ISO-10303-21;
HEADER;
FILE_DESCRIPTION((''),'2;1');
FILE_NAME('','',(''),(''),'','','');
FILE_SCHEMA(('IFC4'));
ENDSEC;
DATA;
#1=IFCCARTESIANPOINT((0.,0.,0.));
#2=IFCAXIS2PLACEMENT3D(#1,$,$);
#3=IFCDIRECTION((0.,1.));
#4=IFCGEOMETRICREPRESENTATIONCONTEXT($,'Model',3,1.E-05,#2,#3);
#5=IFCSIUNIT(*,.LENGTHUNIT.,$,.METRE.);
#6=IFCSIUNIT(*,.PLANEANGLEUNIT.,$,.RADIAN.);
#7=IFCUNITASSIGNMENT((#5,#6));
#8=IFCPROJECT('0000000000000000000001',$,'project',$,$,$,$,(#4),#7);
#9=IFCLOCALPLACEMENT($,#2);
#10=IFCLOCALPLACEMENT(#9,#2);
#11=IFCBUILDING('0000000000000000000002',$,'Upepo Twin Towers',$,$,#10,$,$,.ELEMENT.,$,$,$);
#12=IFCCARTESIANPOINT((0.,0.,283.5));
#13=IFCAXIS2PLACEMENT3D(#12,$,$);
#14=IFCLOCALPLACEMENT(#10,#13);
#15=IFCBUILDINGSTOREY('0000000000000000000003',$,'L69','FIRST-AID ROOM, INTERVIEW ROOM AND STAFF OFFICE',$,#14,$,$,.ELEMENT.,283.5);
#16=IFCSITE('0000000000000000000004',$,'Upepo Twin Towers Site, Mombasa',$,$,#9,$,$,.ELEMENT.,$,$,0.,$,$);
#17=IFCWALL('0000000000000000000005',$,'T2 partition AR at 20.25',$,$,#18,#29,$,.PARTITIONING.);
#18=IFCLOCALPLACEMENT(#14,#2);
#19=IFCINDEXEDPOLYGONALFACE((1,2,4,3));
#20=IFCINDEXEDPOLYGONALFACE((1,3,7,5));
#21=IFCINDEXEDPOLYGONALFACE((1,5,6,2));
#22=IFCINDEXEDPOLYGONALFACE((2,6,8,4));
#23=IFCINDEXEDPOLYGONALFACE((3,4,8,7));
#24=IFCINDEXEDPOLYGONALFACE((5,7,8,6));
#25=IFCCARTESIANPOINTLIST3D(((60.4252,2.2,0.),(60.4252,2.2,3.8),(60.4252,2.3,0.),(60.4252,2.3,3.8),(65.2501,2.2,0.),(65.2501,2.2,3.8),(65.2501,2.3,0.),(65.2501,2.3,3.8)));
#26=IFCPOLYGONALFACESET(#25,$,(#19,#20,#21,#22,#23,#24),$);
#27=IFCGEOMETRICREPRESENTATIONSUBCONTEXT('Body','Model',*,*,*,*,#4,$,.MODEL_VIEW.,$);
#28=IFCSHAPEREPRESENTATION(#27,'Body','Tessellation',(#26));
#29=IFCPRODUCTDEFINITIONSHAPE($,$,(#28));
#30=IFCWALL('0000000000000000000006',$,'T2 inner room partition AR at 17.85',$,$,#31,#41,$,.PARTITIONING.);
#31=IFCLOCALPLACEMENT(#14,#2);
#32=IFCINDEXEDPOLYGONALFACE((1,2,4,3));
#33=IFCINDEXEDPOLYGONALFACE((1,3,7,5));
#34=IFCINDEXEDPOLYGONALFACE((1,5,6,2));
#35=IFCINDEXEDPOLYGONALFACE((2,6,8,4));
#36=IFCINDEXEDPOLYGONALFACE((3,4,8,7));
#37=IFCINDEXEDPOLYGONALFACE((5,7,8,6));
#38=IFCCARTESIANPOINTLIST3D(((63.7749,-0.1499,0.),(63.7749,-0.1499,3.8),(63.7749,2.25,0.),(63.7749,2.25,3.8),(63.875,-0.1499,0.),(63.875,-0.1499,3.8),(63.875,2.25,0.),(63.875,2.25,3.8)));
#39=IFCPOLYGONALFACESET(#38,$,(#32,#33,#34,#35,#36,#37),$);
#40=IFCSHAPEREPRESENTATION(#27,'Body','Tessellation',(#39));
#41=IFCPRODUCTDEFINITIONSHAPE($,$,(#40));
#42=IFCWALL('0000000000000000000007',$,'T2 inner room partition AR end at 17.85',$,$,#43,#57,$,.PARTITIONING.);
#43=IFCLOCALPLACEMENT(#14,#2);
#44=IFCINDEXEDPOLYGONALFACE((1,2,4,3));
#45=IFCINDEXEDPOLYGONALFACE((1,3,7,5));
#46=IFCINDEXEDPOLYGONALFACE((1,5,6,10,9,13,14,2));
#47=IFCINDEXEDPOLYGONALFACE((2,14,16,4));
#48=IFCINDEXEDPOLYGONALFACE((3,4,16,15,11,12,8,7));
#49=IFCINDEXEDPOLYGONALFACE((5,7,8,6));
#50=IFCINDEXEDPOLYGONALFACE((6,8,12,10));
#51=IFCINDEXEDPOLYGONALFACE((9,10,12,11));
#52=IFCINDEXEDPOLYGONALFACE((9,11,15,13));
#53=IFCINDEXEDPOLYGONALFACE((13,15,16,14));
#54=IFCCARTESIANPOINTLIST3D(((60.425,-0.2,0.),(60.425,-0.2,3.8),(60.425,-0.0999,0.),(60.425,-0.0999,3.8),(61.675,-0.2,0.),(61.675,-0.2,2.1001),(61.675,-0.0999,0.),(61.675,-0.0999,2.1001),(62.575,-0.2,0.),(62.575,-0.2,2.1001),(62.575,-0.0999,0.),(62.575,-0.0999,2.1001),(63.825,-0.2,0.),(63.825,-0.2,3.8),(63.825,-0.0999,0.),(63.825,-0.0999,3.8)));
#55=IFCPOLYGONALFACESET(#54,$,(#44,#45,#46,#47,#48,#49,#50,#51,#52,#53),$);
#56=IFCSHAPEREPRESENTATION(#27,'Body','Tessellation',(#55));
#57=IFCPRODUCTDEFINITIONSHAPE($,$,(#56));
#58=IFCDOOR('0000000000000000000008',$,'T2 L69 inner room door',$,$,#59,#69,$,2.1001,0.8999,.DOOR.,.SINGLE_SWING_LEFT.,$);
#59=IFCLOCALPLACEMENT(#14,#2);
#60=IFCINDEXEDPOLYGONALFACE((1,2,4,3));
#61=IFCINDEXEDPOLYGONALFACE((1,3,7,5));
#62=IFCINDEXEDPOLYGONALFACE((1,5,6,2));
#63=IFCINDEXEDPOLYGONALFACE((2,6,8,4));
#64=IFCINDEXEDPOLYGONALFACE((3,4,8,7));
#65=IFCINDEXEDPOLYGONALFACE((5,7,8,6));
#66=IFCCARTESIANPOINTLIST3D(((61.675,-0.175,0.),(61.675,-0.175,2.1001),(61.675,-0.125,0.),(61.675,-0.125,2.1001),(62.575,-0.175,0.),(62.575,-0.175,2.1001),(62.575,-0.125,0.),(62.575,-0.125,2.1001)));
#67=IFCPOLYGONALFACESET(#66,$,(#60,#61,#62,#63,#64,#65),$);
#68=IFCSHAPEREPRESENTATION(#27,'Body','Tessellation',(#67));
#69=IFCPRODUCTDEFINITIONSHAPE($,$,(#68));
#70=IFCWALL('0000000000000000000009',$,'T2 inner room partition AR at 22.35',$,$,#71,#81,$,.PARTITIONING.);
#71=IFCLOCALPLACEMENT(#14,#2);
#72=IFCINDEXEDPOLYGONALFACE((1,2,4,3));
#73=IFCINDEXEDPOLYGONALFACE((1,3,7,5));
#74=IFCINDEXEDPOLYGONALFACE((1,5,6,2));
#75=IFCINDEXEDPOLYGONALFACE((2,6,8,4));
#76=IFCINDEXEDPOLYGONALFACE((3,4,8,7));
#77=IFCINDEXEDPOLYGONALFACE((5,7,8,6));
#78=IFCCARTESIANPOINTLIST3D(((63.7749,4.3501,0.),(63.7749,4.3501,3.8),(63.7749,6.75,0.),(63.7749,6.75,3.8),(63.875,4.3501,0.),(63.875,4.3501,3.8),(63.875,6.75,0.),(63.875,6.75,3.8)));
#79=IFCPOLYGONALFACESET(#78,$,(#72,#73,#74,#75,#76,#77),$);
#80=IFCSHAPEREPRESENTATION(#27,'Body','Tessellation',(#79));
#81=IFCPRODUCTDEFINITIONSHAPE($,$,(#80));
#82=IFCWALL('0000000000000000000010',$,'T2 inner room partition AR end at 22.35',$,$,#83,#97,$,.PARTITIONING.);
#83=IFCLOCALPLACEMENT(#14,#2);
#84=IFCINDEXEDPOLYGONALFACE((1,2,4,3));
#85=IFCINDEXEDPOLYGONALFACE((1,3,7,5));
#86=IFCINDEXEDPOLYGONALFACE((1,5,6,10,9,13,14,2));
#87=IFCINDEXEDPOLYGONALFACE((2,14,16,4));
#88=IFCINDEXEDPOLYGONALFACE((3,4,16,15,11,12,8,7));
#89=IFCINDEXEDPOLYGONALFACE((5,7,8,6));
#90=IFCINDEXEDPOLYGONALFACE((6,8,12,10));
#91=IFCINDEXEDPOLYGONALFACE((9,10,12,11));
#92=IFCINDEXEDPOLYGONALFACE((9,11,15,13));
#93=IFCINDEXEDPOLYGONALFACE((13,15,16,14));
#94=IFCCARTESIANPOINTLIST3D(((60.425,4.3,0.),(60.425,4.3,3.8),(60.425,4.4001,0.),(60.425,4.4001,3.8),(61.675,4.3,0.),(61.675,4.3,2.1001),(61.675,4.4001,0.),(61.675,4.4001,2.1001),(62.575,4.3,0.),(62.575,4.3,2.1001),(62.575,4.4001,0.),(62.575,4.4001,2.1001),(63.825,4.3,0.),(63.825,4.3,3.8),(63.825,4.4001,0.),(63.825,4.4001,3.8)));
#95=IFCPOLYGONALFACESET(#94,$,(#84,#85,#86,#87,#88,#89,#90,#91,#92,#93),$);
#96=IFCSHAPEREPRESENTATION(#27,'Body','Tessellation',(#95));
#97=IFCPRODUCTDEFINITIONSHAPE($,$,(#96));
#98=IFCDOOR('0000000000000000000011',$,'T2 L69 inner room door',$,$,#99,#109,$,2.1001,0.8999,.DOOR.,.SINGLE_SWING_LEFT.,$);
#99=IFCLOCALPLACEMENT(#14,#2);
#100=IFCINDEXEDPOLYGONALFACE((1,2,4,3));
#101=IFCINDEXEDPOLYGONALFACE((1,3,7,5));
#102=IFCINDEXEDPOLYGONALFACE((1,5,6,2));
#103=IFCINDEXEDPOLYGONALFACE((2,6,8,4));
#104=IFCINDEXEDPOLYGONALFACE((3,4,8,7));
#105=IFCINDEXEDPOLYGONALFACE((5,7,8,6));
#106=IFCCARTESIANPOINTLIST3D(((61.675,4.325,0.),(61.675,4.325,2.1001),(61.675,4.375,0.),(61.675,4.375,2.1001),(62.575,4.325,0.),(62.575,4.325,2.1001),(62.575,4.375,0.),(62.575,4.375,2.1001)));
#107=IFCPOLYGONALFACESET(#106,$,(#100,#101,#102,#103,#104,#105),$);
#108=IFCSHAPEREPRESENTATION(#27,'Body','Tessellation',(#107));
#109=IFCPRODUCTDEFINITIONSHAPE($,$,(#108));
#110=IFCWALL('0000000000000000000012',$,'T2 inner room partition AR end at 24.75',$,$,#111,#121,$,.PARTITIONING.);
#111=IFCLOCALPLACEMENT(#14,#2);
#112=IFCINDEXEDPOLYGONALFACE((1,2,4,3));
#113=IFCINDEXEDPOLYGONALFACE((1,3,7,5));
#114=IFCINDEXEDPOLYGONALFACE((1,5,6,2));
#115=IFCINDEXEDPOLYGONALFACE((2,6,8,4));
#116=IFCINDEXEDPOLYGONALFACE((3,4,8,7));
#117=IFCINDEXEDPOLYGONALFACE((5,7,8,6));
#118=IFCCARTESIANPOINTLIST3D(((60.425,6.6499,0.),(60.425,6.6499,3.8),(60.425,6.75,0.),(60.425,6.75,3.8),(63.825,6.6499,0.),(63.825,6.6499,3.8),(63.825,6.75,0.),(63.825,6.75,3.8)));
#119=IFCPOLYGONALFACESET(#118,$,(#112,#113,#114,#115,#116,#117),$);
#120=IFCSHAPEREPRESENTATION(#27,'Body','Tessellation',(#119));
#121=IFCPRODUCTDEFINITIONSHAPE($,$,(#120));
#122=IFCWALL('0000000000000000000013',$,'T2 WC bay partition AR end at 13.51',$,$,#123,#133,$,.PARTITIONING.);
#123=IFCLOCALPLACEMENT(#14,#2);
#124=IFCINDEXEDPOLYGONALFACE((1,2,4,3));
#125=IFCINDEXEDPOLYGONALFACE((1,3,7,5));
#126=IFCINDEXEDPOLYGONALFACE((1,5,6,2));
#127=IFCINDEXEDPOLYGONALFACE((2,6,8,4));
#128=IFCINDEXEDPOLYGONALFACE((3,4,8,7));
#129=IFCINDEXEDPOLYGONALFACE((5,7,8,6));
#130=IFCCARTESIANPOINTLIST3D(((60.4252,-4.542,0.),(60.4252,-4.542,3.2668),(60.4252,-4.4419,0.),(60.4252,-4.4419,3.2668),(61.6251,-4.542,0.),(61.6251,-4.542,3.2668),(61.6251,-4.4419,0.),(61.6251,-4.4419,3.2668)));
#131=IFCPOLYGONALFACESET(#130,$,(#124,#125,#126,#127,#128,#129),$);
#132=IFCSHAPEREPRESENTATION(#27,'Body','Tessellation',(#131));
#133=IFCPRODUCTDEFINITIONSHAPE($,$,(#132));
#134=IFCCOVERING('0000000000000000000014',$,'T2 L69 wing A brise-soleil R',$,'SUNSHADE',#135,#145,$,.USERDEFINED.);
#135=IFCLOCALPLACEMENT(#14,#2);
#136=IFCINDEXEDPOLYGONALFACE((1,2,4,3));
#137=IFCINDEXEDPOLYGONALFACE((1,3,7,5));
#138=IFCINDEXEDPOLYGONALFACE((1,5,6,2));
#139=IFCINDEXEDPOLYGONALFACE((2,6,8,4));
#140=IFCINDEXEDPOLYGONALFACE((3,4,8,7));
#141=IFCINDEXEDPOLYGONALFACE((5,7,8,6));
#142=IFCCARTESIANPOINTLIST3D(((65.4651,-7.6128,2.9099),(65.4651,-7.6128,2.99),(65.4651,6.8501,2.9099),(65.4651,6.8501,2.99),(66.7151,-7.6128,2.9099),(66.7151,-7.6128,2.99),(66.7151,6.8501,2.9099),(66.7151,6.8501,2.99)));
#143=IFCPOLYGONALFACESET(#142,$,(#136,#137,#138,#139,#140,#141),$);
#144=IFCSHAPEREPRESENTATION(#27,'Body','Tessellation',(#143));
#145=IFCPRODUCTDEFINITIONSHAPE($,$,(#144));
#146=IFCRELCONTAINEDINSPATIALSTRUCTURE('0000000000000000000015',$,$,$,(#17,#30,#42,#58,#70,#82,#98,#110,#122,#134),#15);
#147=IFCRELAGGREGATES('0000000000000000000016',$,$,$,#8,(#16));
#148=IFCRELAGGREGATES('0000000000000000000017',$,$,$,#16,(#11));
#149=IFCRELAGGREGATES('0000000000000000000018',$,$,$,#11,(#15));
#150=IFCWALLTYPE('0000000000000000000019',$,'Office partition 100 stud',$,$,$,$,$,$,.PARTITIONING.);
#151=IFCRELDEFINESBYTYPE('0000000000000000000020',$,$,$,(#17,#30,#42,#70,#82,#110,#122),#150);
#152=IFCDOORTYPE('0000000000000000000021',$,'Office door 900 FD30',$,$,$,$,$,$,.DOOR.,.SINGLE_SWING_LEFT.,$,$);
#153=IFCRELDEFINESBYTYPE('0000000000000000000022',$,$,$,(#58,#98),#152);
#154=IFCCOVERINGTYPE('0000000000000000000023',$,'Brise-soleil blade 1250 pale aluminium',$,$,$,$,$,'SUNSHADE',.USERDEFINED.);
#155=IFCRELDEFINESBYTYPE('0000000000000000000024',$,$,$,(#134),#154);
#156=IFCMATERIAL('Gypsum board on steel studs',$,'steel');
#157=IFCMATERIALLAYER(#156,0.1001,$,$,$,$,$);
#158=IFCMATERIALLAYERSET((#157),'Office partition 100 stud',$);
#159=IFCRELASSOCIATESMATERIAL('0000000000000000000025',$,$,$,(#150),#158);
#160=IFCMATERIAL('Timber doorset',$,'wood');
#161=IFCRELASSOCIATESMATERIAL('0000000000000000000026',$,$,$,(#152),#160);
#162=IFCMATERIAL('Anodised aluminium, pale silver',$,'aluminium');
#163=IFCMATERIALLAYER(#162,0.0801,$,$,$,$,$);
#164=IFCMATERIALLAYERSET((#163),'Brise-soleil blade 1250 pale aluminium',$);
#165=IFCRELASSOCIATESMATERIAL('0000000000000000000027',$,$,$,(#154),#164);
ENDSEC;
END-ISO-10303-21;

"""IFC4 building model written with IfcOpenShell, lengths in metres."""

from ifc_helpers import new_model, si_unit, direction, frame, frame_2d, origin, origin_2d, place, context, subcontext, project, spatial, rectangle, extrude, material, layer, layer_set, type_object, element, fill, save


model = new_model("IFC4")

# Units and contexts
model_context = context("Model", 3, precision=1e-05, world=origin(), true_north=direction((0.0, 1.0)))
body_context = subcontext(model_context, "Body", "Model", "MODEL_VIEW")
ifc_project = project(units=[si_unit("LENGTHUNIT", "METRE"), si_unit("PLANEANGLEUNIT", "RADIAN")], contexts=[model_context])

# Site, building, storey
site_placement = place(None, origin())
site = spatial("IfcSite", under=ifc_project, at=site_placement, Name="Upepo Twin Towers Site, Mombasa", CompositionType="ELEMENT", RefElevation=0.0)
building_placement = place(site_placement, origin())
building = spatial("IfcBuilding", under=site, at=building_placement, Name="Upepo Twin Towers", CompositionType="ELEMENT")
storey_placement = place(building_placement, frame((0.0, 0.0, 283.5)))
storey = spatial("IfcBuildingStorey", under=building, at=storey_placement, Name="L69", Description="FIRST-AID ROOM, INTERVIEW ROOM AND STAFF OFFICE", CompositionType="ELEMENT", Elevation=283.5)

# Walls
ifc_material_1 = material(Name="Gypsum board on steel studs", Category="steel")
ifc_layer_1 = layer(ifc_material_1, 0.1001)
ifc_layer_set_1 = layer_set([ifc_layer_1], Name="Office partition 100 stud")
wall_type_1 = type_object("IfcWallType", Name="Office partition 100 stud", PredefinedType="PARTITIONING", material=ifc_layer_set_1)
for number, where, z_axis, x_axis, name in (
    (1, (60.425, 2.25, 0.0), (0.0, 0.0, 1.0), (1.0, 0.0, 0.0), "T2 partition AR at 20.25"),
):
    element("IfcWall", number, at=place(storey_placement, frame(where, z_axis=z_axis, x_axis=x_axis)), inside=storey, type_object=wall_type_1, Name=name, PredefinedType="PARTITIONING", context=body_context, shape_type="SweptSolid", body=[
        extrude(rectangle(XDim=4.825, YDim=0.1001, at=frame_2d((2.4126, 0.0))), origin(), (0.0, 0.0, 1.0), 3.8),
    ])
wall_1_placement = place(storey_placement, frame((63.825, -0.1499, 0.0), z_axis=(0.0, 0.0, 1.0), x_axis=(0.0, 1.0, 0.0)))
element("IfcWall", 2, at=wall_1_placement, inside=storey, type_object=wall_type_1, Name="T2 inner room partition AR at 17.85", PredefinedType="PARTITIONING", context=body_context, shape_type="SweptSolid", body=[
    extrude(rectangle(XDim=2.3999, YDim=0.1001, at=frame_2d((1.2, 0.0))), origin(), (0.0, 0.0, 1.0), 3.8),
])

# Wall, opening, door
wall_2_placement = place(storey_placement, frame((60.425, -0.1499, 0.0), z_axis=(0.0, 0.0, 1.0), x_axis=(1.0, 0.0, 0.0)))
wall_2 = element("IfcWall", 3, at=wall_2_placement, inside=storey, type_object=wall_type_1, Name="T2 inner room partition AR end at 17.85", PredefinedType="PARTITIONING", context=body_context, shape_type="SweptSolid", body=[
    extrude(rectangle(XDim=3.3999, YDim=0.1001, at=frame_2d((1.7, 0.0))), origin(), (0.0, 0.0, 1.0), 3.8),
])
opening_1_placement = place(wall_2_placement, frame((1.25, 0.0, 0.0)))
opening_1 = element("IfcOpeningElement", 4, at=opening_1_placement, cuts=wall_2, PredefinedType="OPENING", context=body_context, shape_type="SweptSolid", body=[
    extrude(rectangle(XDim=0.8999, YDim=2.1001, at=frame_2d((0.45, 1.05))), frame((0.0, 0.0601, 0.0), z_axis=(0.0, -1.0, 0.0), x_axis=(1.0, 0.0, 0.0)), (0.0, 0.0, 1.0), 0.1201),
])
ifc_material_2 = material(Name="Timber doorset", Category="wood")
door_type = type_object("IfcDoorType", Name="Office door 900 FD30", OperationType="SINGLE_SWING_LEFT", PredefinedType="DOOR", material=ifc_material_2)
door_1_placement = place(opening_1_placement, origin())
door_1 = element("IfcDoor", 5, at=door_1_placement, inside=storey, type_object=door_type, Name="T2 L69 inner room door", OperationType="SINGLE_SWING_LEFT", OverallHeight=2.1001, OverallWidth=0.8999, PredefinedType="DOOR", context=body_context, shape_type="SweptSolid", body=[
    extrude(rectangle(XDim=0.8999, YDim=2.1001, at=frame_2d((0.45, 1.05))), frame((0.0, 0.0249, 0.0), z_axis=(0.0, -1.0, 0.0), x_axis=(1.0, 0.0, 0.0)), (0.0, 0.0, 1.0), 0.05),
])
fill(opening_1, door_1)

# Wall
wall_3_placement = place(storey_placement, frame((63.825, 4.3501, 0.0), z_axis=(0.0, 0.0, 1.0), x_axis=(0.0, 1.0, 0.0)))
element("IfcWall", 6, at=wall_3_placement, inside=storey, type_object=wall_type_1, Name="T2 inner room partition AR at 22.35", PredefinedType="PARTITIONING", context=body_context, shape_type="SweptSolid", body=[
    extrude(rectangle(XDim=2.3999, YDim=0.1001, at=frame_2d((1.2, 0.0))), origin(), (0.0, 0.0, 1.0), 3.8),
])

# Wall, opening, door
wall_4_placement = place(storey_placement, frame((60.425, 4.3501, 0.0), z_axis=(0.0, 0.0, 1.0), x_axis=(1.0, 0.0, 0.0)))
wall_4 = element("IfcWall", 7, at=wall_4_placement, inside=storey, type_object=wall_type_1, Name="T2 inner room partition AR end at 22.35", PredefinedType="PARTITIONING", context=body_context, shape_type="SweptSolid", body=[
    extrude(rectangle(XDim=3.3999, YDim=0.1001, at=frame_2d((1.7, 0.0))), origin(), (0.0, 0.0, 1.0), 3.8),
])
opening_2_placement = place(wall_4_placement, frame((1.25, 0.0, 0.0)))
opening_2 = element("IfcOpeningElement", 8, at=opening_2_placement, cuts=wall_4, PredefinedType="OPENING", context=body_context, shape_type="SweptSolid", body=[
    extrude(rectangle(XDim=0.8999, YDim=2.1001, at=frame_2d((0.45, 1.05))), frame((0.0, 0.0601, 0.0), z_axis=(0.0, -1.0, 0.0), x_axis=(1.0, 0.0, 0.0)), (0.0, 0.0, 1.0), 0.1201),
])
door_2_placement = place(opening_2_placement, origin())
door_2 = element("IfcDoor", 9, at=door_2_placement, inside=storey, type_object=door_type, Name="T2 L69 inner room door", OperationType="SINGLE_SWING_LEFT", OverallHeight=2.1001, OverallWidth=0.8999, PredefinedType="DOOR", context=body_context, shape_type="SweptSolid", body=[
    extrude(rectangle(XDim=0.8999, YDim=2.1001, at=frame_2d((0.45, 1.05))), frame((0.0, 0.0249, 0.0), z_axis=(0.0, -1.0, 0.0), x_axis=(1.0, 0.0, 0.0)), (0.0, 0.0, 1.0), 0.05),
])
fill(opening_2, door_2)

# Walls
wall_5_placement = place(storey_placement, frame((60.425, 6.7, 0.0), z_axis=(0.0, 0.0, 1.0), x_axis=(1.0, 0.0, 0.0)))
element("IfcWall", 10, at=wall_5_placement, inside=storey, type_object=wall_type_1, Name="T2 inner room partition AR end at 24.75", PredefinedType="PARTITIONING", context=body_context, shape_type="SweptSolid", body=[
    extrude(rectangle(XDim=3.3999, YDim=0.1001, at=frame_2d((1.7, 0.0))), origin(), (0.0, 0.0, 1.0), 3.8),
])
wall_6_placement = place(storey_placement, frame((60.425, -4.4919, 0.0), z_axis=(0.0, 0.0, 1.0), x_axis=(1.0, 0.0, 0.0)))
element("IfcWall", 11, at=wall_6_placement, inside=storey, type_object=wall_type_1, Name="T2 WC bay partition AR end at 13.51", PredefinedType="PARTITIONING", context=body_context, shape_type="SweptSolid", body=[
    extrude(rectangle(XDim=1.2, YDim=0.1001, at=frame_2d((0.6001, 0.0))), origin(), (0.0, 0.0, 1.0), 3.2668),
])

# Covering
ifc_material_3 = material(Name="Anodised aluminium, pale silver", Category="aluminium")
ifc_layer_2 = layer(ifc_material_3, 0.0801)
ifc_layer_set_2 = layer_set([ifc_layer_2], Name="Brise-soleil blade 1250 pale aluminium")
covering_type = type_object("IfcCoveringType", Name="Brise-soleil blade 1250 pale aluminium", ElementType="SUNSHADE", PredefinedType="USERDEFINED", material=ifc_layer_set_2)
covering_placement = place(storey_placement, frame((66.0901, -0.3813, 2.9099), z_axis=(0.0, 0.0, 1.0), x_axis=(0.0, 1.0, 0.0)))
element("IfcCovering", 12, at=covering_placement, inside=storey, type_object=covering_type, Name="T2 L69 wing A brise-soleil R", ObjectType="SUNSHADE", PredefinedType="USERDEFINED", context=body_context, shape_type="SweptSolid", body=[
    extrude(rectangle(XDim=14.4629, YDim=1.25, at=origin_2d()), origin(), (0.0, 0.0, 1.0), 0.0801),
])

save(model, "model.ifc")
